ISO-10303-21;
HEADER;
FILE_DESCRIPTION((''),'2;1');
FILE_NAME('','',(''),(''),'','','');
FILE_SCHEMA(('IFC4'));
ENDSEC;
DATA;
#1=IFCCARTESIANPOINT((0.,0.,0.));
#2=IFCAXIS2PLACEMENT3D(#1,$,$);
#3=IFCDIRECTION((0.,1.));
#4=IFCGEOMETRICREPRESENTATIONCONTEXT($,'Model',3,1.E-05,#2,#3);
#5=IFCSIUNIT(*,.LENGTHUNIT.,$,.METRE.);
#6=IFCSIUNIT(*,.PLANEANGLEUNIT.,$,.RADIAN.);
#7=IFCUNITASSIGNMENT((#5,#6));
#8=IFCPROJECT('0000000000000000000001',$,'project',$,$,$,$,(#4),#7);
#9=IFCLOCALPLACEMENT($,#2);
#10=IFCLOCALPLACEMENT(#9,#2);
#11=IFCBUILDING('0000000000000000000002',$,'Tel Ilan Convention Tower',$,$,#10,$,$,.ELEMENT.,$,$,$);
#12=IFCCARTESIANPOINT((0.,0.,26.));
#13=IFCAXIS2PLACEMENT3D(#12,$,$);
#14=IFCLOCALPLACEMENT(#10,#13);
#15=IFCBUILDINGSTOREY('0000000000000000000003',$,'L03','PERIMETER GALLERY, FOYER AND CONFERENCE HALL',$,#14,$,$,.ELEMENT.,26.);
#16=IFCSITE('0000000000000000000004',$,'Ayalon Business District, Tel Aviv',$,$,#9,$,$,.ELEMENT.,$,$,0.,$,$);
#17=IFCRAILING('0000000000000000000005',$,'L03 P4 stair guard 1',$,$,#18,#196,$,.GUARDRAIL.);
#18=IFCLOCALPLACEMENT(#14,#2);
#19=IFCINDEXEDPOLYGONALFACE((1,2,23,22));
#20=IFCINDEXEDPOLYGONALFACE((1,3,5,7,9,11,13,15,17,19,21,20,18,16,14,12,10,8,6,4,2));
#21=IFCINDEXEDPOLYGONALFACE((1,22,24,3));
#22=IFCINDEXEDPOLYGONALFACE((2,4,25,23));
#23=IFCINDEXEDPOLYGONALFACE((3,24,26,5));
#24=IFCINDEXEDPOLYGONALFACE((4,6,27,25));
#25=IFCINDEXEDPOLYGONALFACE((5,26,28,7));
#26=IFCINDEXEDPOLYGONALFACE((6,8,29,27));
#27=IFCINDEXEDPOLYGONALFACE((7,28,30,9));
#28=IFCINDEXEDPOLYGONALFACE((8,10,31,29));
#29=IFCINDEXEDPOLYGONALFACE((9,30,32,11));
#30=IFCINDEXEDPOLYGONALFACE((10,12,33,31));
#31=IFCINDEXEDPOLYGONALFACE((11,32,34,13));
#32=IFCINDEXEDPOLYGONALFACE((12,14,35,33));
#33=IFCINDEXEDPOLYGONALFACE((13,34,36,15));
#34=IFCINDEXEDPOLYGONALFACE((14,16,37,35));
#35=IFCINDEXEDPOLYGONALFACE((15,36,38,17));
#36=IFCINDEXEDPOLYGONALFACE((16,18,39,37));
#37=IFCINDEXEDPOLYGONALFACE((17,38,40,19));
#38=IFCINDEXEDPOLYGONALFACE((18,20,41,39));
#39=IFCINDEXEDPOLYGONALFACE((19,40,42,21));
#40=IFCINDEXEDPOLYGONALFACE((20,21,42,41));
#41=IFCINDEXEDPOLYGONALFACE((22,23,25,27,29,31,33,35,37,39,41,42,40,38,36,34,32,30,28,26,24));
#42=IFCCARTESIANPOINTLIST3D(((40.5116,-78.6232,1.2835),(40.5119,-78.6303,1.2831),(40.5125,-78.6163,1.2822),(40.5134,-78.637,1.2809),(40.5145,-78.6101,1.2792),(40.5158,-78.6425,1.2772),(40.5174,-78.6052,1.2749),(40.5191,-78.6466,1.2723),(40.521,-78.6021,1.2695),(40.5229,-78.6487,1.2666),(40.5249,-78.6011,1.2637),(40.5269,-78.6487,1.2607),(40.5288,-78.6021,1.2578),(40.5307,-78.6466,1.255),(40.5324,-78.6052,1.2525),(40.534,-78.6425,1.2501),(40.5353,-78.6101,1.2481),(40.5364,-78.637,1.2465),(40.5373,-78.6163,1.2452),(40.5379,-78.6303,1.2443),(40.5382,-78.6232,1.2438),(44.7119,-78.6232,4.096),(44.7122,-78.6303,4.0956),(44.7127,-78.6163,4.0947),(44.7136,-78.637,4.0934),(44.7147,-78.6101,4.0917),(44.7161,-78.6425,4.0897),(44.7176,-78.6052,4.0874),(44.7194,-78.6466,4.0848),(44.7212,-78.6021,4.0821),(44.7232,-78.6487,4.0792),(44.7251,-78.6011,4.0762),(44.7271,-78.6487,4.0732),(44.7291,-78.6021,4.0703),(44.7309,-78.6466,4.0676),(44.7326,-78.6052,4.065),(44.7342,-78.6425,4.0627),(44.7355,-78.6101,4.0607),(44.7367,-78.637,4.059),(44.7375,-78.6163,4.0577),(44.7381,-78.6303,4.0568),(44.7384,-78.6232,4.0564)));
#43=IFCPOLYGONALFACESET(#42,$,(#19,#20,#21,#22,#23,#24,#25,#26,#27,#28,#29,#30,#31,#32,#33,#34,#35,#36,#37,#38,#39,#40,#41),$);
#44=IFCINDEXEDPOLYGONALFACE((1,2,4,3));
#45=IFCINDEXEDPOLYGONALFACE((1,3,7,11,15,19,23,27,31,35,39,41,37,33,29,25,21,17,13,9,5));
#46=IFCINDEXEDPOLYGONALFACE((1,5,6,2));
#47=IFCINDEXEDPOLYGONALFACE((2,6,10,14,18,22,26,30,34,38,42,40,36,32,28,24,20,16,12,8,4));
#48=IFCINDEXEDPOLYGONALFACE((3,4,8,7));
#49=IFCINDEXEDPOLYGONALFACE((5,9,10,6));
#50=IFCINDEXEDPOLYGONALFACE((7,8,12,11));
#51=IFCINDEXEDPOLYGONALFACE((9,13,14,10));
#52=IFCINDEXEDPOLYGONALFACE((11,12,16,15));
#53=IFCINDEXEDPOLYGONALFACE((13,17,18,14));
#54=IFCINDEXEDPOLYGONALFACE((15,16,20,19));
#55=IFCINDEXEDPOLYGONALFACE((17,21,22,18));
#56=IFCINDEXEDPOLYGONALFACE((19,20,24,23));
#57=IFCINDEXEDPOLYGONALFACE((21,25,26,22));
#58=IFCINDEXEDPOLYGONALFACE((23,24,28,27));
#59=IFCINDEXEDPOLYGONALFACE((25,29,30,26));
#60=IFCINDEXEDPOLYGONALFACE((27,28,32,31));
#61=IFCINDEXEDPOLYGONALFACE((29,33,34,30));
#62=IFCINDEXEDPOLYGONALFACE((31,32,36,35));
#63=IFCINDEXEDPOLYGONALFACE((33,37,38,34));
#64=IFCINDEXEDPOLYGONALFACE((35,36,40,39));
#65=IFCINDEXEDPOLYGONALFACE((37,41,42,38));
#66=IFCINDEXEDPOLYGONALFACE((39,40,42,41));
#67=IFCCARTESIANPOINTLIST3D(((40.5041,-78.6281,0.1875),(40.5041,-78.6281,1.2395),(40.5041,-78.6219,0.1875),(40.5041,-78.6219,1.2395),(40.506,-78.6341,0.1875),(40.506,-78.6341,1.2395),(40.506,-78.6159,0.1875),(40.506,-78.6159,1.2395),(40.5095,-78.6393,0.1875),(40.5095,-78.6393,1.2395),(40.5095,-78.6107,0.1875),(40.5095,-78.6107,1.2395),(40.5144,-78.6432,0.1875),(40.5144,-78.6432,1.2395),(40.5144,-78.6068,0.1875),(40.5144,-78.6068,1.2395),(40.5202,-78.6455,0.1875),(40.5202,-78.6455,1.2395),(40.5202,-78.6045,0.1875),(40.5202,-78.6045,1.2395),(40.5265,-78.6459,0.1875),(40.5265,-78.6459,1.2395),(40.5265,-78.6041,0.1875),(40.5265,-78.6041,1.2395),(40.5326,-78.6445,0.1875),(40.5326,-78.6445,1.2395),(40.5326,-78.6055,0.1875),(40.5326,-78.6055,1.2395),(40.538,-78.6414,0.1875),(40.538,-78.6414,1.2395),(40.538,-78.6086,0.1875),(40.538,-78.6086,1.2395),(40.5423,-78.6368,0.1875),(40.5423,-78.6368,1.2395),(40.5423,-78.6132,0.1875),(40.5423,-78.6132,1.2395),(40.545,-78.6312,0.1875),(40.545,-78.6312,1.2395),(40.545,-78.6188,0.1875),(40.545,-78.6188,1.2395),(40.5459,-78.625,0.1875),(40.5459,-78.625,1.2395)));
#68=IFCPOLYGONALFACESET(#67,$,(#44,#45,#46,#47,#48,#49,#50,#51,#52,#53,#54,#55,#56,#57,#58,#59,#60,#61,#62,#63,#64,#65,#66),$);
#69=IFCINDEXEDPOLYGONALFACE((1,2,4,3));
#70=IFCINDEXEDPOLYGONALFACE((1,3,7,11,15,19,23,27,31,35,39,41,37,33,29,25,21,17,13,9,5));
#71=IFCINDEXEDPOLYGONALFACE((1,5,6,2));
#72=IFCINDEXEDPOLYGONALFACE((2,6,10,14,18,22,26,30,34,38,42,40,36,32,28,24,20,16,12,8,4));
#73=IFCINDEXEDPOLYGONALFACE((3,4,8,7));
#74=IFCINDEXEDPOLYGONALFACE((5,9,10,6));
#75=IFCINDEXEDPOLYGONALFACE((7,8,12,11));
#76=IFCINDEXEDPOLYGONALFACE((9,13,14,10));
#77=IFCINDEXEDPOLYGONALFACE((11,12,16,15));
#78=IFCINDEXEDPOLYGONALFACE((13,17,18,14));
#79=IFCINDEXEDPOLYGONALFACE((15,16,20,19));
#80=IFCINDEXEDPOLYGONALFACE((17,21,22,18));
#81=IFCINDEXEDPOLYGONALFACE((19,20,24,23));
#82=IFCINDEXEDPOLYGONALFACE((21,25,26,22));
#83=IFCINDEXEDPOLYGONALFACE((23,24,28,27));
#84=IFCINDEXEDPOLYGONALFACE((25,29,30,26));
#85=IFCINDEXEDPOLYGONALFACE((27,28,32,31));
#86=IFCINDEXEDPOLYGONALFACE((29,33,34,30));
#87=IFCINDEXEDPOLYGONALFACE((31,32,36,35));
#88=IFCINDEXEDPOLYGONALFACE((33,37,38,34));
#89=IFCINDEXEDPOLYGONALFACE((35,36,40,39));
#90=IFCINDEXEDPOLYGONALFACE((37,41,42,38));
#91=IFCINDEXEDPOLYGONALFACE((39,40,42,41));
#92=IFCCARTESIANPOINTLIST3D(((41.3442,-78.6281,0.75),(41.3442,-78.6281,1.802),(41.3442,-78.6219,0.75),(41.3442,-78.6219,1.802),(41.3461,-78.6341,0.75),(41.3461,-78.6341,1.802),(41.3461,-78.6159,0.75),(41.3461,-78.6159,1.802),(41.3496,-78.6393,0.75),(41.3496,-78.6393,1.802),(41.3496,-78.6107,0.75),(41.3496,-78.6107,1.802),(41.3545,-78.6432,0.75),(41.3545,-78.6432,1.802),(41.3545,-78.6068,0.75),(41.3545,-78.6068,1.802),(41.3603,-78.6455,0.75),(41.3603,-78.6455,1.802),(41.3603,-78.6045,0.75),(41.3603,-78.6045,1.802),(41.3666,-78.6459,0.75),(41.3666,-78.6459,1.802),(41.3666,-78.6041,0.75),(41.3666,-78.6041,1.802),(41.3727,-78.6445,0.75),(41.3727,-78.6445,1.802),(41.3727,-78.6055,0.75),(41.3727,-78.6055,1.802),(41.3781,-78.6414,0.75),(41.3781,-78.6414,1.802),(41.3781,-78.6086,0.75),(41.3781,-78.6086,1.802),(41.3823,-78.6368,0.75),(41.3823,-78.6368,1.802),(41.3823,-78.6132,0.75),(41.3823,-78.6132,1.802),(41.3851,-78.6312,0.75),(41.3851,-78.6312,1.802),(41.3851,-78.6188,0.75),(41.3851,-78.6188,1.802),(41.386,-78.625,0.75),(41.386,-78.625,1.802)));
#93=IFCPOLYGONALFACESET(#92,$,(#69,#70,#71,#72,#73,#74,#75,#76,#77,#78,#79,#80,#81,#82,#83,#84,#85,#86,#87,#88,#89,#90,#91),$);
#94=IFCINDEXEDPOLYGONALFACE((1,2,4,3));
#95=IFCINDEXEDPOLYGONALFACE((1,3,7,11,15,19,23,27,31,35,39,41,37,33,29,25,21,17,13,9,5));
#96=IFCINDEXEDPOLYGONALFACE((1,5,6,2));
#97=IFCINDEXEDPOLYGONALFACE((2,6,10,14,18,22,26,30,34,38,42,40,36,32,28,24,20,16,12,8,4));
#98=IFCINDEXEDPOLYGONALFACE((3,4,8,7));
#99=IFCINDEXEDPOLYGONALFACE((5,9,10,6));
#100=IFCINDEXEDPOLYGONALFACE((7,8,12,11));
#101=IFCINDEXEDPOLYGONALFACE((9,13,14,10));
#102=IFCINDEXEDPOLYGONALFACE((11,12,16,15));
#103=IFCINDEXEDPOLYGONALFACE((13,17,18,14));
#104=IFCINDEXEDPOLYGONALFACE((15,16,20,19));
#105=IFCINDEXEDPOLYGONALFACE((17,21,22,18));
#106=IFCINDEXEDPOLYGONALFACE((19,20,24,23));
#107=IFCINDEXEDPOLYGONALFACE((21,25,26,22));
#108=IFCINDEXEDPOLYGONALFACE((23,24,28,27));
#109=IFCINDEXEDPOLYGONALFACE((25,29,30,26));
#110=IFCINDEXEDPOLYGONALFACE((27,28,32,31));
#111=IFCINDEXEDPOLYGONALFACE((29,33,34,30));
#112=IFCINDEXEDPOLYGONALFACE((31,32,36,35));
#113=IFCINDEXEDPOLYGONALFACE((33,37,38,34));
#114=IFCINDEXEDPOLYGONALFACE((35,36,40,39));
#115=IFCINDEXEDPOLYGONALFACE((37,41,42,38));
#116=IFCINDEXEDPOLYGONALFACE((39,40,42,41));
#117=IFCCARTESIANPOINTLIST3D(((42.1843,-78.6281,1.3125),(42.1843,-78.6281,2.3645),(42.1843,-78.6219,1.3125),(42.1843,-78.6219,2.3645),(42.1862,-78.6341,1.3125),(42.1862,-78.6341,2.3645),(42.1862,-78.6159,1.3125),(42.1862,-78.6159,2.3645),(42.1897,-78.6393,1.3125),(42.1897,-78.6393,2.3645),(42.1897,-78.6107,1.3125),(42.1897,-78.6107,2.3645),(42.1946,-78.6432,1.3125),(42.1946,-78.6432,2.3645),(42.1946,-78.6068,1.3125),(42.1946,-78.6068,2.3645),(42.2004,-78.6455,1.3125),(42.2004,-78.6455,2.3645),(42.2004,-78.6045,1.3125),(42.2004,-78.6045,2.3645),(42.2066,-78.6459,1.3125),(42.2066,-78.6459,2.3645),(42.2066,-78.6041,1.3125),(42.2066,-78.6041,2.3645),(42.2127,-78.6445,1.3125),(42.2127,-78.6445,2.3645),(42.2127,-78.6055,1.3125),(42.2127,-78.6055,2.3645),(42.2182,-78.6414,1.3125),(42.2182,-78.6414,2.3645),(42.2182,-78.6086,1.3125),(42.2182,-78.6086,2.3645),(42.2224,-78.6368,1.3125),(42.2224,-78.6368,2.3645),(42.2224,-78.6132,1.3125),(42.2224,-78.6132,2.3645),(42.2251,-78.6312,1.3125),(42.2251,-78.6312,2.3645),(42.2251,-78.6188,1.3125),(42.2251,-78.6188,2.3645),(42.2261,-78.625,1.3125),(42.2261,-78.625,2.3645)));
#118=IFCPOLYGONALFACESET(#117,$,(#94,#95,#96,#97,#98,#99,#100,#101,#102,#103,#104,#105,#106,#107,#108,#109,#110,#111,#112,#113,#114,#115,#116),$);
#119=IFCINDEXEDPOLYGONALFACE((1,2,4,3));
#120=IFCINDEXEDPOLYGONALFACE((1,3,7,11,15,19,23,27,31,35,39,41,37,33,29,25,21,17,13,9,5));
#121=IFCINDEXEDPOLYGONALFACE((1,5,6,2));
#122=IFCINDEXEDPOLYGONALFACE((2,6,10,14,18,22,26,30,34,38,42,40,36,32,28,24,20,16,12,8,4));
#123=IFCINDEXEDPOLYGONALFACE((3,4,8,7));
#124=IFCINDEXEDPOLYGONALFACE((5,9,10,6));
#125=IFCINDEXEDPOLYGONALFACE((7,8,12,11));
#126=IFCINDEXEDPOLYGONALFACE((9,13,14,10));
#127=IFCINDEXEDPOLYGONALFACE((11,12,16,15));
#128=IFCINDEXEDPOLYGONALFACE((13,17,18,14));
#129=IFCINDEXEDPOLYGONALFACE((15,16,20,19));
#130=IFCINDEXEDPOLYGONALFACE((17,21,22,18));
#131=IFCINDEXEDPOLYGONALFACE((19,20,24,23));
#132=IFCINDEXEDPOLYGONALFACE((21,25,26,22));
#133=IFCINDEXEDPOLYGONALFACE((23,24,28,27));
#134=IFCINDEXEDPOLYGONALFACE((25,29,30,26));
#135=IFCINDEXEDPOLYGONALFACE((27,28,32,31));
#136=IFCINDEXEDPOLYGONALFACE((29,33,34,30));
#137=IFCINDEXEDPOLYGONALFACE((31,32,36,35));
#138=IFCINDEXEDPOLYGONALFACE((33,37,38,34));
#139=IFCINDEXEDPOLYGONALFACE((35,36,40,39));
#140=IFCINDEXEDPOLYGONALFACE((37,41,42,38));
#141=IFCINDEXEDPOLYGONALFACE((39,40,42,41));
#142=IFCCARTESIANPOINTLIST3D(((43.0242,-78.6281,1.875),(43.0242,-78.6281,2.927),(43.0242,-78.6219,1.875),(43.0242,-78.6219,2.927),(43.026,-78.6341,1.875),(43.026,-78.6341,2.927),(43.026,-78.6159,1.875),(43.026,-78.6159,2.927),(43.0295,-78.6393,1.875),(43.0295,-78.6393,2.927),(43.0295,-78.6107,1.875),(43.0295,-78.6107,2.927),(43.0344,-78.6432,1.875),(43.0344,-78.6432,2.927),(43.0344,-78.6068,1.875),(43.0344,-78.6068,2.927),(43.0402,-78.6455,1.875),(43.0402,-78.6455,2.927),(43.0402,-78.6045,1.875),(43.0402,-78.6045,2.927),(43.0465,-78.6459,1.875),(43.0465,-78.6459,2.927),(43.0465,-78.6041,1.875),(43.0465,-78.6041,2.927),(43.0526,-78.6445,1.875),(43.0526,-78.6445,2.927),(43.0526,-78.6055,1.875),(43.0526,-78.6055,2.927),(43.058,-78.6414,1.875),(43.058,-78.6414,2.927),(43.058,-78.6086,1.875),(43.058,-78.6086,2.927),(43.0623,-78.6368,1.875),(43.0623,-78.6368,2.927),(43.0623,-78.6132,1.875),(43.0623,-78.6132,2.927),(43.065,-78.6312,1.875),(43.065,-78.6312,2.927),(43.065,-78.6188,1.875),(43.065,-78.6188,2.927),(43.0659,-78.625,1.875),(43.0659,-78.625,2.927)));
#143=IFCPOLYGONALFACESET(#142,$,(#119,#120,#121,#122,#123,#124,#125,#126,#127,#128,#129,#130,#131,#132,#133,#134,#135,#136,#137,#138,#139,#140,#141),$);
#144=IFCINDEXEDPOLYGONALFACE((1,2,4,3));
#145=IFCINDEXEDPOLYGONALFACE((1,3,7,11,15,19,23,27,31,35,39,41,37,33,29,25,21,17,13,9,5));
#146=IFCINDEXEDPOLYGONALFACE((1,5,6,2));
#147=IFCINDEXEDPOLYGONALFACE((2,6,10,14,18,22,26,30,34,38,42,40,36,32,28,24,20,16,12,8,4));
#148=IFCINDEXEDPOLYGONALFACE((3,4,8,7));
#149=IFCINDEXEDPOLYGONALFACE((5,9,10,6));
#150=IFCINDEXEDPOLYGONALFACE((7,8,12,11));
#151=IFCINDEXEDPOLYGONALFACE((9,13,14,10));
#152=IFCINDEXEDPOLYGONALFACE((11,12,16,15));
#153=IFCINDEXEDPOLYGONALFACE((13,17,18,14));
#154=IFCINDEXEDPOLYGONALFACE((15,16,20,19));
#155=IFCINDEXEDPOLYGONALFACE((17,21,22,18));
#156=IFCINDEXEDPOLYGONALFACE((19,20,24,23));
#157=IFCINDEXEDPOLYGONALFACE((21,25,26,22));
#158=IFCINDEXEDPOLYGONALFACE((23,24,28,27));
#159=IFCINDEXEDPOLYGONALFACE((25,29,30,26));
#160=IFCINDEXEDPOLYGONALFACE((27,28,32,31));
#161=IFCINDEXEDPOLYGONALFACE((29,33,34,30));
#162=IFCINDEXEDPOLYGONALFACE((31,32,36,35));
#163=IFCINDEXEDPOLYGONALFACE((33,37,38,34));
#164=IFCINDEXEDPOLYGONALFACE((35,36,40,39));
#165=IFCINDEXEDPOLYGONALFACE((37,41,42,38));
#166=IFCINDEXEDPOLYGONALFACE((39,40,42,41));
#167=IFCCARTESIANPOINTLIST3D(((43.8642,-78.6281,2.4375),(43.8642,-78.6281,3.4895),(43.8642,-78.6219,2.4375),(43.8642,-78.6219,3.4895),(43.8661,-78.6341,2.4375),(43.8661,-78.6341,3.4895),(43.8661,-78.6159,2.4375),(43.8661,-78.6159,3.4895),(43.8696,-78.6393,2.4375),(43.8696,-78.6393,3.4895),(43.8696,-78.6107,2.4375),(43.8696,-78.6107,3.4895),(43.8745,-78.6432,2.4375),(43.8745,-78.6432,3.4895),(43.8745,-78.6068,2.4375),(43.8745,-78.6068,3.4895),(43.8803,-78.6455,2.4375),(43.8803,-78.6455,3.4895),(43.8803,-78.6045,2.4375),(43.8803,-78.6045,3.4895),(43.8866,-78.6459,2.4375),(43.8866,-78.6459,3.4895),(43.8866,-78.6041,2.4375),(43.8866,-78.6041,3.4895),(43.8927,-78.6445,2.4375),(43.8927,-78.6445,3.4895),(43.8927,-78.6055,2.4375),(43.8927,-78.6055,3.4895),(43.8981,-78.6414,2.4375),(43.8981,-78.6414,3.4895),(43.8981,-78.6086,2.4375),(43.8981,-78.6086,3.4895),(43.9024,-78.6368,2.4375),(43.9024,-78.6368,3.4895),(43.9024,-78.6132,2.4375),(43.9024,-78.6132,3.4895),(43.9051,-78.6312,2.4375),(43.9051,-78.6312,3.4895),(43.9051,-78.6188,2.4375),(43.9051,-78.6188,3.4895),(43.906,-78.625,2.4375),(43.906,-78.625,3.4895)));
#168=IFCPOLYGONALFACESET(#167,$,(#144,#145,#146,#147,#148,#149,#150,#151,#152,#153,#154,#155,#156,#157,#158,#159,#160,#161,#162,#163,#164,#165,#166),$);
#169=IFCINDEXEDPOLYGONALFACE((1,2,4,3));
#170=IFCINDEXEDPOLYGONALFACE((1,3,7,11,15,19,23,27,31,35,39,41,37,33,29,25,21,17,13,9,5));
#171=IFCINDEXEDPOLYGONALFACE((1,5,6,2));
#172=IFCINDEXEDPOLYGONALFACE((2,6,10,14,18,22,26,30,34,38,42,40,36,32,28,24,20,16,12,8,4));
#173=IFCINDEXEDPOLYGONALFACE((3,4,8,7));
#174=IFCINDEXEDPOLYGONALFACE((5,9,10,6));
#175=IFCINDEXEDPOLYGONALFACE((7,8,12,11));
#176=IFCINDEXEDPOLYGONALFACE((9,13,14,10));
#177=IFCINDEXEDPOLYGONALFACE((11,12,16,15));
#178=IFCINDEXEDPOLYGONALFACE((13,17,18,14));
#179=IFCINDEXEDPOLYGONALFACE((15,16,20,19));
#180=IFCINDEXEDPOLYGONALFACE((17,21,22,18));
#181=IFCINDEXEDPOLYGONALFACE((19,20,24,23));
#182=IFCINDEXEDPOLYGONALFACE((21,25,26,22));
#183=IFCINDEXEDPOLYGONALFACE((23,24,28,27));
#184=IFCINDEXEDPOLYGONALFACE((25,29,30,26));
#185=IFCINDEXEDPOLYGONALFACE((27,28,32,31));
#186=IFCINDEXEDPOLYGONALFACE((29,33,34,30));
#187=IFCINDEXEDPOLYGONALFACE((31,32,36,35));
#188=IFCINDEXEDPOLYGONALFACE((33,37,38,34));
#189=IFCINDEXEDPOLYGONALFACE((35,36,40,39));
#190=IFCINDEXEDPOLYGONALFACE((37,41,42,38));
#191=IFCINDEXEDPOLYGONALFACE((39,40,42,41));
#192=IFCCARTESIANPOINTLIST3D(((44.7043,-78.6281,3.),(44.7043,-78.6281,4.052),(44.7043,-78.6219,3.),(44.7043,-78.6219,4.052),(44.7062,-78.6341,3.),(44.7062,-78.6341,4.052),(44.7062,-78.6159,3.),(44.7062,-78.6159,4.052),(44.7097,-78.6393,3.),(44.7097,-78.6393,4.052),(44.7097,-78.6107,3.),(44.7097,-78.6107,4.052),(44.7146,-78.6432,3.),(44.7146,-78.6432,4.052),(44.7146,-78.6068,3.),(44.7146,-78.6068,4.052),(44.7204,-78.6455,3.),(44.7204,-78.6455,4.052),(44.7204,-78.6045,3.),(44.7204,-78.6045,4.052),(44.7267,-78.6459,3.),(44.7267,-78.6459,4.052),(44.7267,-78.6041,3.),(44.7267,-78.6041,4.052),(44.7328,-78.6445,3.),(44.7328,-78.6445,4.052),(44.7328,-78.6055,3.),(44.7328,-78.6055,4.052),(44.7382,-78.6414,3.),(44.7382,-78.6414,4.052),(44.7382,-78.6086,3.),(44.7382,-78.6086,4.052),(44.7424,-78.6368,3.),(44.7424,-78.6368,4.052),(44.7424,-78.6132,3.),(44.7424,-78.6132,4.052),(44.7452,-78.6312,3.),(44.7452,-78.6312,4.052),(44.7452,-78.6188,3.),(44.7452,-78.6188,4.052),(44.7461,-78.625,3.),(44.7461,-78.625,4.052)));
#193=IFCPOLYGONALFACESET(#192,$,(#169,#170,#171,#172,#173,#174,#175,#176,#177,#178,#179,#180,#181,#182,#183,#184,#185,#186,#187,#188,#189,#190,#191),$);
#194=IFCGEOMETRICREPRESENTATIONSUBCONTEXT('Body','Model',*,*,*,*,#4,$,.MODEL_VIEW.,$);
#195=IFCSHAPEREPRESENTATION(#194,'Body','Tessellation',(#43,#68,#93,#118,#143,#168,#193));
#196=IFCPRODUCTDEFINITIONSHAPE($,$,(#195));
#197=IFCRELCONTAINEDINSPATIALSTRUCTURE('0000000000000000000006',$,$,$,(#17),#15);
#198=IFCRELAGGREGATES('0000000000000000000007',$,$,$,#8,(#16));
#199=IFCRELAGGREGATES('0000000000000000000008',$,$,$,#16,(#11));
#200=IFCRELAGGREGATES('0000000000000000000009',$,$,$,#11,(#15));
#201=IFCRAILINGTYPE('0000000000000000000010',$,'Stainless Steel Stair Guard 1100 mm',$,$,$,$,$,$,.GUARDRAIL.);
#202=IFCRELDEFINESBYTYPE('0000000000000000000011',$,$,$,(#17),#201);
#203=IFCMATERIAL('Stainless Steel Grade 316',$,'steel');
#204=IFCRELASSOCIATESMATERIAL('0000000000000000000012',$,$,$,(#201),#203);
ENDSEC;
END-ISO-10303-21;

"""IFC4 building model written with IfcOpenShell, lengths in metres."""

from ifc_helpers import new_model, si_unit, direction, frame, origin, origin_2d, place, context, subcontext, project, spatial, circle, extrude, material, type_object, element, save


model = new_model("IFC4")

# Units and contexts
model_context = context("Model", 3, precision=1e-05, world=origin(), true_north=direction((0.0, 1.0)))
body_context = subcontext(model_context, "Body", "Model", "MODEL_VIEW")
ifc_project = project(units=[si_unit("LENGTHUNIT", "METRE"), si_unit("PLANEANGLEUNIT", "RADIAN")], contexts=[model_context])

# Site, building, storey
site_placement = place(None, origin())
site = spatial("IfcSite", under=ifc_project, at=site_placement, Name="Ayalon Business District, Tel Aviv", CompositionType="ELEMENT", RefElevation=0.0)
building_placement = place(site_placement, origin())
building = spatial("IfcBuilding", under=site, at=building_placement, Name="Tel Ilan Convention Tower", CompositionType="ELEMENT")
storey_placement = place(building_placement, frame((0.0, 0.0, 26.0)))
storey = spatial("IfcBuildingStorey", under=building, at=storey_placement, Name="L03", Description="PERIMETER GALLERY, FOYER AND CONFERENCE HALL", CompositionType="ELEMENT", Elevation=26.0)

# Railing
ifc_material_1 = material(Name="Stainless Steel Grade 316", Category="steel")
railing_type_1 = type_object("IfcRailingType", Name="Stainless Steel Stair Guard 1100 mm", PredefinedType="GUARDRAIL", material=ifc_material_1)
railing_1_placement = place(storey_placement, frame((40.5249, -78.625, 0.1875)))
element("IfcRailing", 1, at=railing_1_placement, inside=storey, type_object=railing_type_1, Name="L03 P4 stair guard 1", PredefinedType="GUARDRAIL", context=body_context, shape_type="SweptSolid", body=[
    extrude(circle(Radius=0.0239, at=origin_2d()), frame((0.0, 0.0, 1.0762), z_axis=(0.830919, 0.0, 0.556393), x_axis=(0.0, 1.0, 0.0)), (0.0, 0.0, 1.0), 5.0549),
    extrude(circle(Radius=0.021, at=origin_2d()), origin(), (0.0, 0.0, 1.0), 1.052),
    extrude(circle(Radius=0.021, at=origin_2d()), frame((0.8401, 0.0, 0.5625)), (0.0, 0.0, 1.0), 1.052),
    extrude(circle(Radius=0.021, at=origin_2d()), frame((1.6802, 0.0, 1.125)), (0.0, 0.0, 1.0), 1.052),
    extrude(circle(Radius=0.021, at=origin_2d()), frame((2.52, 0.0, 1.6875)), (0.0, 0.0, 1.0), 1.052),
    extrude(circle(Radius=0.021, at=origin_2d()), frame((3.3601, 0.0, 2.25)), (0.0, 0.0, 1.0), 1.052),
    extrude(circle(Radius=0.021, at=origin_2d()), frame((4.2002, 0.0, 2.8125)), (0.0, 0.0, 1.0), 1.052),
])

save(model, "model.ifc")
